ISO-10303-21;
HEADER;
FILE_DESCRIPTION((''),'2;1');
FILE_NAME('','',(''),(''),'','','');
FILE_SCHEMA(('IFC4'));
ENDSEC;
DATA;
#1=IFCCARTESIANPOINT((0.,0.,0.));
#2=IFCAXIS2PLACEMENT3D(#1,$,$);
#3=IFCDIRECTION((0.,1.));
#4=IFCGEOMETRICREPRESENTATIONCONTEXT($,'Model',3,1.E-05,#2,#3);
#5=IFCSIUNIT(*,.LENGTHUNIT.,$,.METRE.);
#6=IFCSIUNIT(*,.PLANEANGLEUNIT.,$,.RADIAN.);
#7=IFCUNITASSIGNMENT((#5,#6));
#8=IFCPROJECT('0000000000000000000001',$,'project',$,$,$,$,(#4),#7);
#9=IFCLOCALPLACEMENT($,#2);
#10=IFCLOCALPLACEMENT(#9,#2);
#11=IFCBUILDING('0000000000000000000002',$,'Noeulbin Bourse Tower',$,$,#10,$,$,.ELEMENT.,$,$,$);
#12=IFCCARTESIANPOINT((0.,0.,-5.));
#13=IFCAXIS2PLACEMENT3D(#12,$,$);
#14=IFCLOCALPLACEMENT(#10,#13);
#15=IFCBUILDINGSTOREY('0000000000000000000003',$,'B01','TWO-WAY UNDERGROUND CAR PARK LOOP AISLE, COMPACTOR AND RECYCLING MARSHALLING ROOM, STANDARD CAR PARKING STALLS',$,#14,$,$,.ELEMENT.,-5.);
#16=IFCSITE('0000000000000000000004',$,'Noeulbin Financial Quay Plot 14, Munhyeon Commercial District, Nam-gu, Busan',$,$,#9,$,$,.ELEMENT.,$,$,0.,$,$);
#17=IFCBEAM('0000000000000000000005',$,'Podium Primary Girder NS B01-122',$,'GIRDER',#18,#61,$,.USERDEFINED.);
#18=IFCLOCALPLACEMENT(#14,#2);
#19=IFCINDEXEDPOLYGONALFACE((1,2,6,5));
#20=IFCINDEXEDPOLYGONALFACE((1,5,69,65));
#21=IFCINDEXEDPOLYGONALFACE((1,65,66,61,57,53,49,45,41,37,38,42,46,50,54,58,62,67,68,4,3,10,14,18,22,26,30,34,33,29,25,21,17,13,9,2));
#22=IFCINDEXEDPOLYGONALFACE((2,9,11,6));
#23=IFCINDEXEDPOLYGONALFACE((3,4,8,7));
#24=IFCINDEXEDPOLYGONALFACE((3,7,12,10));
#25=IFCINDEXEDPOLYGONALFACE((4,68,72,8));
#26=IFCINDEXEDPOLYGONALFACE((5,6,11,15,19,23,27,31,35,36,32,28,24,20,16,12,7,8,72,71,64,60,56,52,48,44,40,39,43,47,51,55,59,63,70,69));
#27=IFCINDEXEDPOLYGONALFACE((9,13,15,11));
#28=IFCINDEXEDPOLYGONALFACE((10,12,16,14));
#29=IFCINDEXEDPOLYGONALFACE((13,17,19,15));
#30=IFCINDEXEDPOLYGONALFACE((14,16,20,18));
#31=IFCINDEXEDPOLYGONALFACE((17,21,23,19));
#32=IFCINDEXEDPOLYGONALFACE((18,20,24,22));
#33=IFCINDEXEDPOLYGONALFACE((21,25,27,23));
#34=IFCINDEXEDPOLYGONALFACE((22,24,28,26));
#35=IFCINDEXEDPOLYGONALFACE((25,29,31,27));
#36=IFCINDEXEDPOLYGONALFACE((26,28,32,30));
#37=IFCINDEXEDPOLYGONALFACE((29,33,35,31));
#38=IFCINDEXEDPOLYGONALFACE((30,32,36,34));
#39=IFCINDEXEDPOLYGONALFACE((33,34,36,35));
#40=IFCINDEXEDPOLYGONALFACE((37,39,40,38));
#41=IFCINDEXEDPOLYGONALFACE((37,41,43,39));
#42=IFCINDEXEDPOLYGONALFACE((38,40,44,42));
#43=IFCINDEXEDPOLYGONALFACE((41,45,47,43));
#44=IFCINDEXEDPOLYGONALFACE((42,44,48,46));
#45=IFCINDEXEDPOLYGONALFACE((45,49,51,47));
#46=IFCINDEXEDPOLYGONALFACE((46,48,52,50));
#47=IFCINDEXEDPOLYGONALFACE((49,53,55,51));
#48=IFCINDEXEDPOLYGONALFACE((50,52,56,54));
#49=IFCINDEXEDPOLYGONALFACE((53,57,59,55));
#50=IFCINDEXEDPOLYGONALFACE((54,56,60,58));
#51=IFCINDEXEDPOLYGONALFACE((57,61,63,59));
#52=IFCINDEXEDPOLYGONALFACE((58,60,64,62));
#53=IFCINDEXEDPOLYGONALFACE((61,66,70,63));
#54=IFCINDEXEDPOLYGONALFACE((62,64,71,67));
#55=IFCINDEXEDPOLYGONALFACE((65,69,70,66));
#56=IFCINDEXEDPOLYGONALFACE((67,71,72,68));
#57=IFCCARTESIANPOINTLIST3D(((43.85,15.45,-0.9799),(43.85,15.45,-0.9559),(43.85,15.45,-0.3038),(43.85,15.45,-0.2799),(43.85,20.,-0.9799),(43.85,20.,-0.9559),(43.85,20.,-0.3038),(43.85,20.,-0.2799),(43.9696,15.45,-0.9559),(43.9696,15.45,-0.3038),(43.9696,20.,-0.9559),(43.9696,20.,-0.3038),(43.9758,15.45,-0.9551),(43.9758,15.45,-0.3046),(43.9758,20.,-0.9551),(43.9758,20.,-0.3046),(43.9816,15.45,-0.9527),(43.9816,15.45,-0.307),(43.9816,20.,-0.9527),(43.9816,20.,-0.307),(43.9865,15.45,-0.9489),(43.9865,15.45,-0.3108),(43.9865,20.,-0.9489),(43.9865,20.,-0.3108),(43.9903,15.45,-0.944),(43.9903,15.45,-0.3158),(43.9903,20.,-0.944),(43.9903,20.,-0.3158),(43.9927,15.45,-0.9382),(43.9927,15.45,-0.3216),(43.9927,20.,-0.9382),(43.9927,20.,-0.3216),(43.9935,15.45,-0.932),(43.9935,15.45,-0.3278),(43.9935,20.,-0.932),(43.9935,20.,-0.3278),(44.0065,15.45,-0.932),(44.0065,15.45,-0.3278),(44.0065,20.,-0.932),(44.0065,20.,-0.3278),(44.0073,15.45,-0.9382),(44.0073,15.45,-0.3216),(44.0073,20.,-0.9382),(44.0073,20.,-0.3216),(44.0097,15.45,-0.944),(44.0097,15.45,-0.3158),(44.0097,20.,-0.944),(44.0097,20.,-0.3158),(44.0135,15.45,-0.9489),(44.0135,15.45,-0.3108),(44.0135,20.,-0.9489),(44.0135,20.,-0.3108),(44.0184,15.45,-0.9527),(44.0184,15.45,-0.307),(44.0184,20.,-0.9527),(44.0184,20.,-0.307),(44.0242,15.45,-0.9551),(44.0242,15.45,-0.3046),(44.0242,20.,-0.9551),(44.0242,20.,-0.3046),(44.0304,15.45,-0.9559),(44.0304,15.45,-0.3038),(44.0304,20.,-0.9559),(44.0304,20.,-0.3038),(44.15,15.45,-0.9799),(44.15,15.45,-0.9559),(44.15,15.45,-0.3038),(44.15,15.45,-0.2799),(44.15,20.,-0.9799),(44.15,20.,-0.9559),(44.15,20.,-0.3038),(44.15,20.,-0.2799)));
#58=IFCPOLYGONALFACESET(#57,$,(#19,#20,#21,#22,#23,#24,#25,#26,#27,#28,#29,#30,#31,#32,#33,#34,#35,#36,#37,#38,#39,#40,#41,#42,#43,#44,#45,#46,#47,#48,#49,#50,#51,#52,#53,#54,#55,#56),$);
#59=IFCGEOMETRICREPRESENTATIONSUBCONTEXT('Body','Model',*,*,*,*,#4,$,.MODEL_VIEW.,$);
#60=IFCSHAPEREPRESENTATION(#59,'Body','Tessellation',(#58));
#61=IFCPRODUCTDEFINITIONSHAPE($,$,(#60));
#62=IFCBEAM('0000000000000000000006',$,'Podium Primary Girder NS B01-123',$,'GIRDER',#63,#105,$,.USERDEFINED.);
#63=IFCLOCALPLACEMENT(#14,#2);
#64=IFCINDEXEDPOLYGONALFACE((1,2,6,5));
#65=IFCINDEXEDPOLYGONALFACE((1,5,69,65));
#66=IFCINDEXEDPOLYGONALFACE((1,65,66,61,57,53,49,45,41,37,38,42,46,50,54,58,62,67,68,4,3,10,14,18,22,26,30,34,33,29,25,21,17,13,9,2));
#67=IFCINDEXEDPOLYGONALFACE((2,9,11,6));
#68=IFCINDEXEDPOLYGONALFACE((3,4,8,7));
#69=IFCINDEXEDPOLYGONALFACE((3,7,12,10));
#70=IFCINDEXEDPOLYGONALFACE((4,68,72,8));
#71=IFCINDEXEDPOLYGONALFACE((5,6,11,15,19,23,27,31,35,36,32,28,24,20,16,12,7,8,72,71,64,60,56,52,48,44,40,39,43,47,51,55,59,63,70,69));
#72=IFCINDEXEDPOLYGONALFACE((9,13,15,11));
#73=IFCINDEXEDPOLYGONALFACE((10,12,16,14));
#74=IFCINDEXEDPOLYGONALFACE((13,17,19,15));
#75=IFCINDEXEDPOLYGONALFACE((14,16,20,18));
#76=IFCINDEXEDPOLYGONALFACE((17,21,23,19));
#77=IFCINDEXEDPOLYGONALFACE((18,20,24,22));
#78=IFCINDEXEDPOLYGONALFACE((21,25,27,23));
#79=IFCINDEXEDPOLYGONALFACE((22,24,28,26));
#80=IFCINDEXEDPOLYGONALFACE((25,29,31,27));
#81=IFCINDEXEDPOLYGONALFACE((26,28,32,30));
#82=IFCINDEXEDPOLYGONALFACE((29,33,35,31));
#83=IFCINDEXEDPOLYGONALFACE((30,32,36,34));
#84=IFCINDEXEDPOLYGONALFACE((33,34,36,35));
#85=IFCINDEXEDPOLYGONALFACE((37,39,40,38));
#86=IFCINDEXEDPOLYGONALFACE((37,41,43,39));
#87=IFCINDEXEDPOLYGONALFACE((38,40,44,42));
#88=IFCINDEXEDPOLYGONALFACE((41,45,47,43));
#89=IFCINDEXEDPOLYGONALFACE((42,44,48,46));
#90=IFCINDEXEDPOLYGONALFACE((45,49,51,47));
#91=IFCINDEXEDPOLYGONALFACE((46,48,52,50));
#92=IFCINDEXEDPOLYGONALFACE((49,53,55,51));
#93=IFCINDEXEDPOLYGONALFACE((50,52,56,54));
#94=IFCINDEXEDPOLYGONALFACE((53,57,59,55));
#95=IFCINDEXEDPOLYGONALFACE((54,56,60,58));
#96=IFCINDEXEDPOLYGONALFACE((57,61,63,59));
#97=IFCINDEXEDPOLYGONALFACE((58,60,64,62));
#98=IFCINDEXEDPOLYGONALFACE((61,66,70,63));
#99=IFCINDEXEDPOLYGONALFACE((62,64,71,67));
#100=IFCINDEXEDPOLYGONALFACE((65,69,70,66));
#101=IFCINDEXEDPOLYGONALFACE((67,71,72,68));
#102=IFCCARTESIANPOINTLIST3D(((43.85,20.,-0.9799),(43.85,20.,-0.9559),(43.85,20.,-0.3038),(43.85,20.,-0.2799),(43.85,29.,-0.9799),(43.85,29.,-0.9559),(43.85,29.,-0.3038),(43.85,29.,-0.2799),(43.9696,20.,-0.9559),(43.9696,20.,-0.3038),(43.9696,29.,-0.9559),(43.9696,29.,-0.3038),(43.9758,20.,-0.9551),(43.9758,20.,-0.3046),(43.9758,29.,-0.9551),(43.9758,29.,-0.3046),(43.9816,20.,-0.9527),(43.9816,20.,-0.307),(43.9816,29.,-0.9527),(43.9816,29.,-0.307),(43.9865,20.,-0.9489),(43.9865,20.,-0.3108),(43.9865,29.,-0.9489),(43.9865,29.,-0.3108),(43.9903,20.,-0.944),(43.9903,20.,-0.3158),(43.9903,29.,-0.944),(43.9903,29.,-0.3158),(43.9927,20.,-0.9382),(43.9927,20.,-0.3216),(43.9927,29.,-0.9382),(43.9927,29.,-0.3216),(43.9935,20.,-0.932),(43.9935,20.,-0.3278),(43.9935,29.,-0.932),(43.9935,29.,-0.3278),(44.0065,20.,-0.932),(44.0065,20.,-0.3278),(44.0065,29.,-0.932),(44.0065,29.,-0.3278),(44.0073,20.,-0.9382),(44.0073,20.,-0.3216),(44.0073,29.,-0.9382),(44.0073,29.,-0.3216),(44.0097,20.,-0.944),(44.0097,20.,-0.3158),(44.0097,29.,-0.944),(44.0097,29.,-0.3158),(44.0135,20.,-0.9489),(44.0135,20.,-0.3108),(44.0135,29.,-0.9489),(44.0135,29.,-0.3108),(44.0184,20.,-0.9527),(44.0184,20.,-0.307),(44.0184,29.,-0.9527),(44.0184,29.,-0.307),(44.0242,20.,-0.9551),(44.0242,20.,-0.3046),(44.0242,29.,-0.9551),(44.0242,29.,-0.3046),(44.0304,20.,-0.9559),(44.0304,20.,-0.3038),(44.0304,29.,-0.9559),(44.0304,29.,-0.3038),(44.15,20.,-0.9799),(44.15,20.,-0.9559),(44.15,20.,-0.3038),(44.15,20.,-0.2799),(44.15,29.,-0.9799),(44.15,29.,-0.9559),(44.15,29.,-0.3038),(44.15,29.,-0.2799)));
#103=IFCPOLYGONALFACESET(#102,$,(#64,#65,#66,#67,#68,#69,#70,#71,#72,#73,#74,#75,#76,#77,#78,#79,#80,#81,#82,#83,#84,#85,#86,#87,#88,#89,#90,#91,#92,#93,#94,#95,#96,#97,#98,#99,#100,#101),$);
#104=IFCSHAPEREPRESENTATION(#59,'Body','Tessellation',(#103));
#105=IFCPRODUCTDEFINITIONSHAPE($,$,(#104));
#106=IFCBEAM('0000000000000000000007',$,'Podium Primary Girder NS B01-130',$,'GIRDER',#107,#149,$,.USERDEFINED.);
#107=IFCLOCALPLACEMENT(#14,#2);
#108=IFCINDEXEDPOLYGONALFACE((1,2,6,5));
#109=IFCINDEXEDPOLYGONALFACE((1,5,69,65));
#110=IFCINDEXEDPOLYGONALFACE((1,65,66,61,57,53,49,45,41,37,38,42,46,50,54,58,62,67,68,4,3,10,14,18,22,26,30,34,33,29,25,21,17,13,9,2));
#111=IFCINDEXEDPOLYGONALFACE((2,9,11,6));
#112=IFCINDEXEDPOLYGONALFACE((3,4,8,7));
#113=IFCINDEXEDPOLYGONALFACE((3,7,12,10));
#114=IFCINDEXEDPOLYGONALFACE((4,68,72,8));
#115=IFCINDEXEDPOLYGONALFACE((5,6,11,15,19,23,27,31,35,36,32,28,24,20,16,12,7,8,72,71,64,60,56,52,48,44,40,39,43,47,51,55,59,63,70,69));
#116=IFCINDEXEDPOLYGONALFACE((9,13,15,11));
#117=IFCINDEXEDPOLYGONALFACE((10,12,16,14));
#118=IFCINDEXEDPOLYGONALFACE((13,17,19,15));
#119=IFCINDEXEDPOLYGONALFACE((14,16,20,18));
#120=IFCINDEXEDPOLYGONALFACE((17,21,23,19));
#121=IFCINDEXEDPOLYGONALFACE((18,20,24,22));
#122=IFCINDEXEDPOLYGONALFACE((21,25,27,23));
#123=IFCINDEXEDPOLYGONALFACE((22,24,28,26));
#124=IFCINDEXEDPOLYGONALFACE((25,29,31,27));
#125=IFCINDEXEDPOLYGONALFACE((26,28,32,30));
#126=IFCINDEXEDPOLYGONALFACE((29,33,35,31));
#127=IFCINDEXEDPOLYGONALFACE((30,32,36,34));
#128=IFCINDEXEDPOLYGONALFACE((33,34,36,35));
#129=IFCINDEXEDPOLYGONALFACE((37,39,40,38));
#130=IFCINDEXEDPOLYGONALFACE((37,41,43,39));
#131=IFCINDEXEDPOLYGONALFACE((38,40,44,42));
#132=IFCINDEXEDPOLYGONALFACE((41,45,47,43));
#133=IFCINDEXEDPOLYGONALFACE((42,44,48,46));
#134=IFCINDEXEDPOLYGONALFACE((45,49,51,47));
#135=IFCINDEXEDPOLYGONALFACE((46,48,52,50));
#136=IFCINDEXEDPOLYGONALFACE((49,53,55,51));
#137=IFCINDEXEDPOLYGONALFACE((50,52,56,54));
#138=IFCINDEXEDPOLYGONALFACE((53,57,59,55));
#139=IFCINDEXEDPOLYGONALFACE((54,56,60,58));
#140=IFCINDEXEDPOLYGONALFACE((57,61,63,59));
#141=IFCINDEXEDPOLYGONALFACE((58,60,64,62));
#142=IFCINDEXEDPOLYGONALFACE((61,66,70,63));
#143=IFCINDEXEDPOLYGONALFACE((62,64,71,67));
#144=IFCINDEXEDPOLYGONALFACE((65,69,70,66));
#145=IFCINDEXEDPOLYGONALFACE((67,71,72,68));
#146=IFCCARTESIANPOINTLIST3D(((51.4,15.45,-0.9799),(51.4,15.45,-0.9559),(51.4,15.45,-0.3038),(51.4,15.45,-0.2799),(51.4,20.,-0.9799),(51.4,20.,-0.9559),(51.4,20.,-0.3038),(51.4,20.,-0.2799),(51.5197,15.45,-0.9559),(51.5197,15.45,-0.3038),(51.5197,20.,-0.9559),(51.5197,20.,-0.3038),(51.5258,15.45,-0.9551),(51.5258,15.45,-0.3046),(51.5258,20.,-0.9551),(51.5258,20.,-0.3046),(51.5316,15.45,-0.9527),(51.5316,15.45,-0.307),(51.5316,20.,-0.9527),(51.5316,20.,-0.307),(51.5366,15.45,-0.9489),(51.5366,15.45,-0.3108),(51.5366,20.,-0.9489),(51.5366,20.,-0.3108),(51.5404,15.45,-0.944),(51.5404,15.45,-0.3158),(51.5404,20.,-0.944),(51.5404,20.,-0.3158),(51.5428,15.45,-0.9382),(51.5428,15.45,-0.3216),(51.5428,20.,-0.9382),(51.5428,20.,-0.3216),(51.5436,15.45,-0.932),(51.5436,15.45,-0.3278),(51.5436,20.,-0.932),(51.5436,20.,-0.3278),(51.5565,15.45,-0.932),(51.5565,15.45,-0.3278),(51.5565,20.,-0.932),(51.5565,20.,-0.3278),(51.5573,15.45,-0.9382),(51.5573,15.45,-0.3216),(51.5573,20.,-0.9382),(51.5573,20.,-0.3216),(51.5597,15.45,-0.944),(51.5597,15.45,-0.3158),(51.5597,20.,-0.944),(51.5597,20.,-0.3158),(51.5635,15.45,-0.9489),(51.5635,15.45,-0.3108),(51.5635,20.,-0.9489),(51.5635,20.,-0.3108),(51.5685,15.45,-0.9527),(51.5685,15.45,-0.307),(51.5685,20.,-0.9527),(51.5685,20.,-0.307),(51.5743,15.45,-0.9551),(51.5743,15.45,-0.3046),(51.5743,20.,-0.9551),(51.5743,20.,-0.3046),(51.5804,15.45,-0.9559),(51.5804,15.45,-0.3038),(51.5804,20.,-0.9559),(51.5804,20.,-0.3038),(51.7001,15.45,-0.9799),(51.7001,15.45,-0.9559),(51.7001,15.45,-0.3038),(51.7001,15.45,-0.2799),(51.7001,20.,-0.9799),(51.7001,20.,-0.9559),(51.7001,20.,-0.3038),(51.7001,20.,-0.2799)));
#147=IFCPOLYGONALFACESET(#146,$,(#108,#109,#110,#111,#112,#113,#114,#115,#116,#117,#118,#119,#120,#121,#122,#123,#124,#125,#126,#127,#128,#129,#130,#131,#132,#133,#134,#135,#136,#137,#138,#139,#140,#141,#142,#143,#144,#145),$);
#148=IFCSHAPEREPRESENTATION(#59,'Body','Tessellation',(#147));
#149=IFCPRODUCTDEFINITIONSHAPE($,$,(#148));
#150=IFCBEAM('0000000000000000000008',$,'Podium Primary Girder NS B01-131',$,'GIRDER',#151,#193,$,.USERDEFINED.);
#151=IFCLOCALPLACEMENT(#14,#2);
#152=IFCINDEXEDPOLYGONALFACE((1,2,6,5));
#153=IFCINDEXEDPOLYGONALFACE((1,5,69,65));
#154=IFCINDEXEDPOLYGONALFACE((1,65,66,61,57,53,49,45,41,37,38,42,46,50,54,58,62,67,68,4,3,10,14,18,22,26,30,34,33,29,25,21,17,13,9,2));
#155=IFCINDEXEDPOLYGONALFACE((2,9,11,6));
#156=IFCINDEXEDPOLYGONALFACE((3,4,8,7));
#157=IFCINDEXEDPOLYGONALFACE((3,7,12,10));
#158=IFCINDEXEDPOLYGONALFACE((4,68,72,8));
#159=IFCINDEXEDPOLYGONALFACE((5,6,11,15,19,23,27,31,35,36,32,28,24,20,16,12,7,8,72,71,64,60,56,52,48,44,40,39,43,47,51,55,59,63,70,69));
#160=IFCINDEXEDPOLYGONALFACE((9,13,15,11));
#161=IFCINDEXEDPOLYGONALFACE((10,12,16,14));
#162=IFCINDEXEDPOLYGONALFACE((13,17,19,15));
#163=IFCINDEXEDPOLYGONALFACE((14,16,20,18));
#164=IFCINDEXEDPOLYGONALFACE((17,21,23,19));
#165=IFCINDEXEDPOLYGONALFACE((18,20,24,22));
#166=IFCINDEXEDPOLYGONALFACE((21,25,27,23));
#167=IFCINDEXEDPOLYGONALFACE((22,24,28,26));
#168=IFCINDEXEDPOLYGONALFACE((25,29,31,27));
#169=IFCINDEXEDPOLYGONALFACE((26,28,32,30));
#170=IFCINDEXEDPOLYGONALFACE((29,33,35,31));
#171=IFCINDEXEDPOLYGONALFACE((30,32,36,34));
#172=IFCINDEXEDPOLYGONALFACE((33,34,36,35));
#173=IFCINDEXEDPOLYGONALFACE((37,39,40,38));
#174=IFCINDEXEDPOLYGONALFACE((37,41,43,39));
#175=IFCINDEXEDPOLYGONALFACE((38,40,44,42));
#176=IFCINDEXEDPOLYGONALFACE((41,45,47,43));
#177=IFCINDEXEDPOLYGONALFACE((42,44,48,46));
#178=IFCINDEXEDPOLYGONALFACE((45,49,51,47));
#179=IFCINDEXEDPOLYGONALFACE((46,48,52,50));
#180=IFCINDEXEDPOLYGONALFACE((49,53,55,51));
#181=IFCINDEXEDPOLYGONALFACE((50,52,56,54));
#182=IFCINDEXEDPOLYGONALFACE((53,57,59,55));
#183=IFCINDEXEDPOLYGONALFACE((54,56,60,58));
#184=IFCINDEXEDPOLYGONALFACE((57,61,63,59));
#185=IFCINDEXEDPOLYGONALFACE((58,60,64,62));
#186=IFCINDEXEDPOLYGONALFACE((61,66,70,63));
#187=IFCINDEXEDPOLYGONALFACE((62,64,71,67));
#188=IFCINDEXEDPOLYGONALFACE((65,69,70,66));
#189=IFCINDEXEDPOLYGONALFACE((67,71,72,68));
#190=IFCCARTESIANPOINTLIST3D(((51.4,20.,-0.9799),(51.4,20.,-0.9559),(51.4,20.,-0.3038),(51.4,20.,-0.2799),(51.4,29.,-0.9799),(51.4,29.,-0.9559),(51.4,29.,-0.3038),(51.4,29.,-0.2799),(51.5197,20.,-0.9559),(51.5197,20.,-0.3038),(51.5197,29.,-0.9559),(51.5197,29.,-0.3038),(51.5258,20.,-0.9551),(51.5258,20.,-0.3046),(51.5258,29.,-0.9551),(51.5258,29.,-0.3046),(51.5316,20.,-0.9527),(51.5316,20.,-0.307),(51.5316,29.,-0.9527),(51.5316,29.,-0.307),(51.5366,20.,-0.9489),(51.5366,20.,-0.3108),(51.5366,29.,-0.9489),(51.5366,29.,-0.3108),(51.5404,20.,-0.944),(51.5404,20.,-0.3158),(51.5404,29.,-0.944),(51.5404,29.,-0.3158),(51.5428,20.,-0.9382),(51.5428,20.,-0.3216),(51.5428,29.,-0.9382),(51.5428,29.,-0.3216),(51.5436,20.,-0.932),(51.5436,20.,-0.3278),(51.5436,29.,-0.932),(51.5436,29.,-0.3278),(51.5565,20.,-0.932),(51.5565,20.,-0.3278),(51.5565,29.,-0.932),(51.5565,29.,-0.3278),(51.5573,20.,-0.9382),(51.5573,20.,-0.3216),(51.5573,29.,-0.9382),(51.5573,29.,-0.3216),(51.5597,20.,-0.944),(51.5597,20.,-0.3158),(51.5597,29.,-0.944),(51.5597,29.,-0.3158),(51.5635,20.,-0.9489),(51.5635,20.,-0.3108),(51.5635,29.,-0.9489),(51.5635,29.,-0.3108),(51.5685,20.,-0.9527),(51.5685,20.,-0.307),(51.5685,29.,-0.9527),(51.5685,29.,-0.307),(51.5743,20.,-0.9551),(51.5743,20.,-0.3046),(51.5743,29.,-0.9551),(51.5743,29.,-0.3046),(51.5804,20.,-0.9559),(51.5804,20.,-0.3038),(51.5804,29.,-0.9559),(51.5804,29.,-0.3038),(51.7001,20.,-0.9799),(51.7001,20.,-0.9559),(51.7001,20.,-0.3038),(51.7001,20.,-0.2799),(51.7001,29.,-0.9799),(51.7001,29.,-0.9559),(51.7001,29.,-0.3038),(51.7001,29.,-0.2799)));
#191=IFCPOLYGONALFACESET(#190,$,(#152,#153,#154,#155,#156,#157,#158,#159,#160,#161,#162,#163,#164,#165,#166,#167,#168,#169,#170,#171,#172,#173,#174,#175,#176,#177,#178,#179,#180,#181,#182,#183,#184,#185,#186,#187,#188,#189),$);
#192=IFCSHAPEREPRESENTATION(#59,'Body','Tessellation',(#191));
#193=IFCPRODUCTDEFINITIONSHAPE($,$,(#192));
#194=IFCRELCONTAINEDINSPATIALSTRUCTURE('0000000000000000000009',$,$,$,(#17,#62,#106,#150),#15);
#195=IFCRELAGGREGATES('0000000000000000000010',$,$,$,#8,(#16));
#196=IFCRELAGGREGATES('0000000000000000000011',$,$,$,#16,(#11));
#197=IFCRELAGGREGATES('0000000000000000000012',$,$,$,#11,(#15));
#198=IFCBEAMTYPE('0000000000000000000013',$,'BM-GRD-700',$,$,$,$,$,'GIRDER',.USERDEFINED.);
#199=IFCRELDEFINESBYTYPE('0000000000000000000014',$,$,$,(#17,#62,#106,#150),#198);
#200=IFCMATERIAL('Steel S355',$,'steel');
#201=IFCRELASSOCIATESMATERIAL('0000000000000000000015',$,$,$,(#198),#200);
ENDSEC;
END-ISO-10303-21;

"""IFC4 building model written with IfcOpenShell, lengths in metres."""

from ifc_helpers import new_model, si_unit, direction, frame, origin, origin_2d, place, context, subcontext, project, spatial, i_section, extrude, material, material_profile, profile_set, type_object, element, save


model = new_model("IFC4")

# Units and contexts
model_context = context("Model", 3, precision=1e-05, world=origin(), true_north=direction((0.0, 1.0)))
body_context = subcontext(model_context, "Body", "Model", "MODEL_VIEW")
ifc_project = project(units=[si_unit("LENGTHUNIT", "METRE"), si_unit("PLANEANGLEUNIT", "RADIAN")], contexts=[model_context])

# Site, building, storey
site_placement = place(None, origin())
site = spatial("IfcSite", under=ifc_project, at=site_placement, Name="Noeulbin Financial Quay Plot 14, Munhyeon Commercial District, Nam-gu, Busan", CompositionType="ELEMENT", RefElevation=0.0)
building_placement = place(site_placement, origin())
building = spatial("IfcBuilding", under=site, at=building_placement, Name="Noeulbin Bourse Tower", CompositionType="ELEMENT")
storey_placement = place(building_placement, frame((0.0, 0.0, -5.0)))
storey = spatial("IfcBuildingStorey", under=building, at=storey_placement, Name="B01", Description="TWO-WAY UNDERGROUND CAR PARK LOOP AISLE, COMPACTOR AND RECYCLING MARSHALLING ROOM, STANDARD CAR PARKING STALLS", CompositionType="ELEMENT", Elevation=-5.0)

# Beams
ifc_material_1 = material(Name="Steel S355", Category="steel")
ifc_material_profile_1 = material_profile(ifc_material_1, i_section(OverallWidth=0.3, OverallDepth=0.7, WebThickness=0.0129, FlangeThickness=0.0239, FilletRadius=0.0239, at=origin_2d()), Name="H-700x300x13x24", Category="LoadBearing")
ifc_profile_set_1 = profile_set([ifc_material_profile_1], Name="Steel S355")
beam_type_1 = type_object("IfcBeamType", Name="BM-GRD-700", ElementType="GIRDER", PredefinedType="USERDEFINED", material=ifc_profile_set_1)
beam_1_placement = place(storey_placement, frame((44.0, 15.45, -0.6299), z_axis=(0.0, 1.0, 0.0), x_axis=(-1.0, 0.0, 0.0)))
element("IfcBeam", 1, at=beam_1_placement, inside=storey, type_object=beam_type_1, Name="Podium Primary Girder NS B01-122", ObjectType="GIRDER", PredefinedType="USERDEFINED", context=body_context, shape_type="SweptSolid", body=[
    extrude(i_section(OverallWidth=0.3, OverallDepth=0.7, WebThickness=0.0129, FlangeThickness=0.0239, FilletRadius=0.0239, at=origin_2d()), origin(), (0.0, 0.0, 1.0), 4.55),
])
beam_2_placement = place(storey_placement, frame((44.0, 20.0, -0.6299), z_axis=(0.0, 1.0, 0.0), x_axis=(-1.0, 0.0, 0.0)))
element("IfcBeam", 2, at=beam_2_placement, inside=storey, type_object=beam_type_1, Name="Podium Primary Girder NS B01-123", ObjectType="GIRDER", PredefinedType="USERDEFINED", context=body_context, shape_type="SweptSolid", body=[
    extrude(i_section(OverallWidth=0.3, OverallDepth=0.7, WebThickness=0.0129, FlangeThickness=0.0239, FilletRadius=0.0239, at=origin_2d()), origin(), (0.0, 0.0, 1.0), 9.0),
])
beam_3_placement = place(storey_placement, frame((51.55, 15.45, -0.6299), z_axis=(0.0, 1.0, 0.0), x_axis=(-1.0, 0.0, 0.0)))
element("IfcBeam", 3, at=beam_3_placement, inside=storey, type_object=beam_type_1, Name="Podium Primary Girder NS B01-130", ObjectType="GIRDER", PredefinedType="USERDEFINED", context=body_context, shape_type="SweptSolid", body=[
    extrude(i_section(OverallWidth=0.3, OverallDepth=0.7, WebThickness=0.0129, FlangeThickness=0.0239, FilletRadius=0.0239, at=origin_2d()), origin(), (0.0, 0.0, 1.0), 4.55),
])
beam_4_placement = place(storey_placement, frame((51.55, 20.0, -0.6299), z_axis=(0.0, 1.0, 0.0), x_axis=(-1.0, 0.0, 0.0)))
element("IfcBeam", 4, at=beam_4_placement, inside=storey, type_object=beam_type_1, Name="Podium Primary Girder NS B01-131", ObjectType="GIRDER", PredefinedType="USERDEFINED", context=body_context, shape_type="SweptSolid", body=[
    extrude(i_section(OverallWidth=0.3, OverallDepth=0.7, WebThickness=0.0129, FlangeThickness=0.0239, FilletRadius=0.0239, at=origin_2d()), origin(), (0.0, 0.0, 1.0), 9.0),
])

save(model, "model.ifc")
